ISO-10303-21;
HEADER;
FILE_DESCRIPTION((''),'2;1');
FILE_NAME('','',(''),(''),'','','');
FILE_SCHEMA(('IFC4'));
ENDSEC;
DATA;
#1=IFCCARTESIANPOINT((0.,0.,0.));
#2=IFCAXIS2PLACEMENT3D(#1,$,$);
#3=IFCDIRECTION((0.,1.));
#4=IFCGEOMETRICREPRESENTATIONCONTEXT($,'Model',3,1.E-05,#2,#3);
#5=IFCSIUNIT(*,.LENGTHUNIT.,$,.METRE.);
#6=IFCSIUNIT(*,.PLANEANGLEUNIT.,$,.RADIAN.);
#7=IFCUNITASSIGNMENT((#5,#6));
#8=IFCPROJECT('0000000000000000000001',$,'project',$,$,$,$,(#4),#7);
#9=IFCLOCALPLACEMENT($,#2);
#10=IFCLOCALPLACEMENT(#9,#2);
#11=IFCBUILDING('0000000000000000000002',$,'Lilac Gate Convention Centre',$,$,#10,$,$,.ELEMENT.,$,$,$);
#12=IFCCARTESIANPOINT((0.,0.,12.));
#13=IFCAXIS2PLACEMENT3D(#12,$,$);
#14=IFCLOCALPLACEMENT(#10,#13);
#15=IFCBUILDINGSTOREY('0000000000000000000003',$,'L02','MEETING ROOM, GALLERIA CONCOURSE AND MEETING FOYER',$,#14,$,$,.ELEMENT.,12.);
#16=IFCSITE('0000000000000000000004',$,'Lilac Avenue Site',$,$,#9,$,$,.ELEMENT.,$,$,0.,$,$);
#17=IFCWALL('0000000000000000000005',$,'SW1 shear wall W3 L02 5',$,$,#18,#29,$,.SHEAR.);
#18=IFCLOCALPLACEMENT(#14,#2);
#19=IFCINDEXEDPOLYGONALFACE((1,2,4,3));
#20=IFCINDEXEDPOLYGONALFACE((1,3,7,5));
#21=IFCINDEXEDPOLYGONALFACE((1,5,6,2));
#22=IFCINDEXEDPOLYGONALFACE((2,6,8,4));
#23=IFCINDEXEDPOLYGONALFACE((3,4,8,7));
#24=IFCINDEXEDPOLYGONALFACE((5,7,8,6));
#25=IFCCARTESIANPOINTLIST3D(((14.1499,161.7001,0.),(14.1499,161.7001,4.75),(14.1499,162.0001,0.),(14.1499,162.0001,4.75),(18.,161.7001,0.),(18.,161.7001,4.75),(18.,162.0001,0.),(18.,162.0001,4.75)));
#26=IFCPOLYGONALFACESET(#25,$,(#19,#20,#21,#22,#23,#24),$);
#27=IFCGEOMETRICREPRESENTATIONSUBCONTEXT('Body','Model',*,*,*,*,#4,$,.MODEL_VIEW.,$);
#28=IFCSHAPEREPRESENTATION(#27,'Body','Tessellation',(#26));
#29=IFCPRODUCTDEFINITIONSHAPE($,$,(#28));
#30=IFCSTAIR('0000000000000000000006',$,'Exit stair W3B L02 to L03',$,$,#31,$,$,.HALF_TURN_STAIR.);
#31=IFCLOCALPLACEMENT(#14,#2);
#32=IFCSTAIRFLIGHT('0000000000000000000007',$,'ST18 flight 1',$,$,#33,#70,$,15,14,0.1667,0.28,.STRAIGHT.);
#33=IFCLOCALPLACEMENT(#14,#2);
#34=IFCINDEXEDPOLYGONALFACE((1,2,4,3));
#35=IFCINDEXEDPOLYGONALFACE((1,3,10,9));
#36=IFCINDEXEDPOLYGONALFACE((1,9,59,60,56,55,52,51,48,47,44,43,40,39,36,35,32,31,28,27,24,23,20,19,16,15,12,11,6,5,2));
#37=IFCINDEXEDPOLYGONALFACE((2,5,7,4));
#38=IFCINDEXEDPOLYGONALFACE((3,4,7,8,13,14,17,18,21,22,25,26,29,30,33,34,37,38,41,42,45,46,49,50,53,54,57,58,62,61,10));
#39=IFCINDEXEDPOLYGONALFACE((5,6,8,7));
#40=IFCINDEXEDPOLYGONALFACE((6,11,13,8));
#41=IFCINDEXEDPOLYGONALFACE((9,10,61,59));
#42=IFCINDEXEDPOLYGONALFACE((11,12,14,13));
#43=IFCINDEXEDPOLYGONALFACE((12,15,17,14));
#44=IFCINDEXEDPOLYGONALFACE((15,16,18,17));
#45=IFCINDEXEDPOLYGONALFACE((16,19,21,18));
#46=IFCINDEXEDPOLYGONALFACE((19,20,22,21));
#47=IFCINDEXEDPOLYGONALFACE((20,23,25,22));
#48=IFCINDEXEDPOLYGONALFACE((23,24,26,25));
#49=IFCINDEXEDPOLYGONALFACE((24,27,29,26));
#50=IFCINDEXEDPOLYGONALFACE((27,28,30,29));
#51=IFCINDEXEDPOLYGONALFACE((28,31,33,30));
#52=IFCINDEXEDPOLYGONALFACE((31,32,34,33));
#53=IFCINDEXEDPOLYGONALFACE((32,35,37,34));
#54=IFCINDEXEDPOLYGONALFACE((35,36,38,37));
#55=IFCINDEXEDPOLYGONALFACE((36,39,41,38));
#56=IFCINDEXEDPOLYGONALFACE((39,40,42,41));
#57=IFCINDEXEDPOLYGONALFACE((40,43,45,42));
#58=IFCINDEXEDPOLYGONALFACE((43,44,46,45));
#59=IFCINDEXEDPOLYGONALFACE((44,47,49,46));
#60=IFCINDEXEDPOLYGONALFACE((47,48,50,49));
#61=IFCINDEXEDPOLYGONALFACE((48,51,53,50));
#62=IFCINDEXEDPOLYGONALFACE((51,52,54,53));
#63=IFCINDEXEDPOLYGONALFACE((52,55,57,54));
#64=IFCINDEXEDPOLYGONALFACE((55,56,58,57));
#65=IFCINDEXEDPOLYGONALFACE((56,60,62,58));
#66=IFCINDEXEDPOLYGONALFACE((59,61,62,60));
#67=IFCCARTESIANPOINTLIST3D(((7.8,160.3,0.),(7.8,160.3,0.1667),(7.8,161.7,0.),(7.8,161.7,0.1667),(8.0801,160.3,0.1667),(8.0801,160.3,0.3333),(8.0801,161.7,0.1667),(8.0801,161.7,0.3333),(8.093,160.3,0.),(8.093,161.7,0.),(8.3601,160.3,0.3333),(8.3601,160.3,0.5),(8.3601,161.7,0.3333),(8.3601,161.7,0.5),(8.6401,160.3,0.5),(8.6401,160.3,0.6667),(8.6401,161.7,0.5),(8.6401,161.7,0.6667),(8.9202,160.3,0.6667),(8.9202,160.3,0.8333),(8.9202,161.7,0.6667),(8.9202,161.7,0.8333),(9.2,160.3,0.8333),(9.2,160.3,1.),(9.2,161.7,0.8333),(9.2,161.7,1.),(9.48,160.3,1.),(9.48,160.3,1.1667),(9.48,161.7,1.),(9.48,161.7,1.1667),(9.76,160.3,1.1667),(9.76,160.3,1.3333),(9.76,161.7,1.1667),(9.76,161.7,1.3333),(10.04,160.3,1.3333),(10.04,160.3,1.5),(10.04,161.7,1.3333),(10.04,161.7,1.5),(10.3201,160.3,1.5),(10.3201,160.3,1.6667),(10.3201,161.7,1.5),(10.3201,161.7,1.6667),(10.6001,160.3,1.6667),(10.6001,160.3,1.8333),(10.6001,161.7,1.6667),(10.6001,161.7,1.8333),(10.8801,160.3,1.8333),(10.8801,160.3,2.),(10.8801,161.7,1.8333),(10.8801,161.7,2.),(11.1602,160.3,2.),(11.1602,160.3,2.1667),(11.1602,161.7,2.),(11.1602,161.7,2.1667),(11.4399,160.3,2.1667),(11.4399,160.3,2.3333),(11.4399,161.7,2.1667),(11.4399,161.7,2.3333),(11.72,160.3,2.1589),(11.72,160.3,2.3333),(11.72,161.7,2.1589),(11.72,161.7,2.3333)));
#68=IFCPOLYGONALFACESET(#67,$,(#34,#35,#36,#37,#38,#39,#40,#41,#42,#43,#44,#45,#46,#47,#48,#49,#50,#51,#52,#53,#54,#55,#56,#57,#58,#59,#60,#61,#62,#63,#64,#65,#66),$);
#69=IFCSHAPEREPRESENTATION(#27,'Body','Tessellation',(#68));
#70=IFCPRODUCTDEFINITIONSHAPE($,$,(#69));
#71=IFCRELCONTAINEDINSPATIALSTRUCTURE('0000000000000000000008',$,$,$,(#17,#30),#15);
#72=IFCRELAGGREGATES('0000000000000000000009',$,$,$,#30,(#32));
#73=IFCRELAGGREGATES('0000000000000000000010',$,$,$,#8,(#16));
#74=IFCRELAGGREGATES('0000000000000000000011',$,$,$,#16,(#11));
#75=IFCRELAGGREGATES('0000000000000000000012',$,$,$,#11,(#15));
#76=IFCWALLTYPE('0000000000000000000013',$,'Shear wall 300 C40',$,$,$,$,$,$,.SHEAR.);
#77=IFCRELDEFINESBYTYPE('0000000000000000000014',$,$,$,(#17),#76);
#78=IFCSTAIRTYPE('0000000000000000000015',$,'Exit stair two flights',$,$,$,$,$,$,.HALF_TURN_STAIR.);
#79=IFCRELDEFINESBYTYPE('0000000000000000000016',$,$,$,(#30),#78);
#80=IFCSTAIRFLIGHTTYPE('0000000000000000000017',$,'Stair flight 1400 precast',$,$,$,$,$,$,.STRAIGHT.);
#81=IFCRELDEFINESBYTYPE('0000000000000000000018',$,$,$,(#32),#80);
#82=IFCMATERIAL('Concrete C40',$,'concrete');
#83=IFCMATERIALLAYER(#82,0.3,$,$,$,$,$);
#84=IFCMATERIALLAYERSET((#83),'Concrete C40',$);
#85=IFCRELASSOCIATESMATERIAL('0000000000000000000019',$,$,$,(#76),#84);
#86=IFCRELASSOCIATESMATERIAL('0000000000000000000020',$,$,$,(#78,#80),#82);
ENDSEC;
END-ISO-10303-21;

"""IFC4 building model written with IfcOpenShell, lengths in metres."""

from ifc_helpers import new_model, si_unit, direction, frame, frame_2d, origin, place, context, subcontext, project, spatial, polyline, rectangle, outline, extrude, material, layer, layer_set, type_object, element, aggregate, save


model = new_model("IFC4")

# Units and contexts
model_context = context("Model", 3, precision=1e-05, world=origin(), true_north=direction((0.0, 1.0)))
body_context = subcontext(model_context, "Body", "Model", "MODEL_VIEW")
ifc_project = project(units=[si_unit("LENGTHUNIT", "METRE"), si_unit("PLANEANGLEUNIT", "RADIAN")], contexts=[model_context])

# Site, building, storey
site_placement = place(None, origin())
site = spatial("IfcSite", under=ifc_project, at=site_placement, Name="Lilac Avenue Site", CompositionType="ELEMENT", RefElevation=0.0)
building_placement = place(site_placement, origin())
building = spatial("IfcBuilding", under=site, at=building_placement, Name="Lilac Gate Convention Centre", CompositionType="ELEMENT")
storey_placement = place(building_placement, frame((0.0, 0.0, 12.0)))
storey = spatial("IfcBuildingStorey", under=building, at=storey_placement, Name="L02", Description="MEETING ROOM, GALLERIA CONCOURSE AND MEETING FOYER", CompositionType="ELEMENT", Elevation=12.0)

# Shared definitions
ifc_material_1 = material(Name="Concrete C40", Category="concrete")

# Wall
ifc_layer_1 = layer(ifc_material_1, 0.3)
ifc_layer_set_1 = layer_set([ifc_layer_1], Name="Concrete C40")
wall_type_1 = type_object("IfcWallType", Name="Shear wall 300 C40", PredefinedType="SHEAR", material=ifc_layer_set_1)
wall_1_placement = place(storey_placement, frame((14.1499, 161.8501, 0.0), z_axis=(0.0, 0.0, 1.0), x_axis=(1.0, 0.0, 0.0)))
element("IfcWall", 1, at=wall_1_placement, inside=storey, type_object=wall_type_1, Name="SW1 shear wall W3 L02 5", PredefinedType="SHEAR", context=body_context, shape_type="SweptSolid", body=[
    extrude(rectangle(XDim=3.8501, YDim=0.3, at=frame_2d((1.925, 0.0))), origin(), (0.0, 0.0, 1.0), 4.75),
])

# Stair, stair flight
stair_type = type_object("IfcStairType", Name="Exit stair two flights", PredefinedType="HALF_TURN_STAIR", material=ifc_material_1)
stair_placement = place(storey_placement, origin())
stair = element("IfcStair", 2, at=stair_placement, inside=storey, type_object=stair_type, Name="Exit stair W3B L02 to L03", PredefinedType="HALF_TURN_STAIR")
stair_flight_type = type_object("IfcStairFlightType", Name="Stair flight 1400 precast", PredefinedType="STRAIGHT", material=ifc_material_1)
stair_flight_placement = place(storey_placement, frame((7.8, 161.0, 0.0), z_axis=(0.0, 0.0, 1.0), x_axis=(1.0, 0.0, 0.0)))
stair_flight = element("IfcStairFlight", 3, at=stair_flight_placement, type_object=stair_flight_type, Name="ST18 flight 1", NumberOfRisers=15, NumberOfTreads=14, PredefinedType="STRAIGHT", RiserHeight=0.1667, TreadLength=0.28, context=body_context, shape_type="SweptSolid", body=[
    extrude(outline(polyline([(0.0, 0.0), (0.0, 0.1667), (0.28, 0.1667), (0.28, 0.3333), (0.5601, 0.3333), (0.5601, 0.5), (0.8401, 0.5), (0.8401, 0.6667), (1.1201, 0.6667), (1.1201, 0.8333), (1.3999, 0.8333), (1.3999, 1.0), (1.6799, 1.0), (1.6799, 1.1667), (1.96, 1.1667), (1.96, 1.3333), (2.24, 1.3333), (2.24, 1.5), (2.52, 1.5), (2.52, 1.6667), (2.8, 1.6667), (2.8, 1.8333), (3.0801, 1.8333), (3.0801, 2.0), (3.3601, 2.0), (3.3601, 2.1667), (3.6399, 2.1667), (3.6399, 2.3333), (3.9199, 2.3333), (3.9199, 2.5), (3.9199, 2.1589), (0.293, 0.0), (0.0, 0.0)])), frame((0.0, 0.7, 0.0), z_axis=(0.0, -1.0, 0.0), x_axis=(1.0, 0.0, 0.0)), (0.0, 0.0, 1.0), 1.3999),
])
aggregate(stair, [stair_flight])

save(model, "model.ifc")
